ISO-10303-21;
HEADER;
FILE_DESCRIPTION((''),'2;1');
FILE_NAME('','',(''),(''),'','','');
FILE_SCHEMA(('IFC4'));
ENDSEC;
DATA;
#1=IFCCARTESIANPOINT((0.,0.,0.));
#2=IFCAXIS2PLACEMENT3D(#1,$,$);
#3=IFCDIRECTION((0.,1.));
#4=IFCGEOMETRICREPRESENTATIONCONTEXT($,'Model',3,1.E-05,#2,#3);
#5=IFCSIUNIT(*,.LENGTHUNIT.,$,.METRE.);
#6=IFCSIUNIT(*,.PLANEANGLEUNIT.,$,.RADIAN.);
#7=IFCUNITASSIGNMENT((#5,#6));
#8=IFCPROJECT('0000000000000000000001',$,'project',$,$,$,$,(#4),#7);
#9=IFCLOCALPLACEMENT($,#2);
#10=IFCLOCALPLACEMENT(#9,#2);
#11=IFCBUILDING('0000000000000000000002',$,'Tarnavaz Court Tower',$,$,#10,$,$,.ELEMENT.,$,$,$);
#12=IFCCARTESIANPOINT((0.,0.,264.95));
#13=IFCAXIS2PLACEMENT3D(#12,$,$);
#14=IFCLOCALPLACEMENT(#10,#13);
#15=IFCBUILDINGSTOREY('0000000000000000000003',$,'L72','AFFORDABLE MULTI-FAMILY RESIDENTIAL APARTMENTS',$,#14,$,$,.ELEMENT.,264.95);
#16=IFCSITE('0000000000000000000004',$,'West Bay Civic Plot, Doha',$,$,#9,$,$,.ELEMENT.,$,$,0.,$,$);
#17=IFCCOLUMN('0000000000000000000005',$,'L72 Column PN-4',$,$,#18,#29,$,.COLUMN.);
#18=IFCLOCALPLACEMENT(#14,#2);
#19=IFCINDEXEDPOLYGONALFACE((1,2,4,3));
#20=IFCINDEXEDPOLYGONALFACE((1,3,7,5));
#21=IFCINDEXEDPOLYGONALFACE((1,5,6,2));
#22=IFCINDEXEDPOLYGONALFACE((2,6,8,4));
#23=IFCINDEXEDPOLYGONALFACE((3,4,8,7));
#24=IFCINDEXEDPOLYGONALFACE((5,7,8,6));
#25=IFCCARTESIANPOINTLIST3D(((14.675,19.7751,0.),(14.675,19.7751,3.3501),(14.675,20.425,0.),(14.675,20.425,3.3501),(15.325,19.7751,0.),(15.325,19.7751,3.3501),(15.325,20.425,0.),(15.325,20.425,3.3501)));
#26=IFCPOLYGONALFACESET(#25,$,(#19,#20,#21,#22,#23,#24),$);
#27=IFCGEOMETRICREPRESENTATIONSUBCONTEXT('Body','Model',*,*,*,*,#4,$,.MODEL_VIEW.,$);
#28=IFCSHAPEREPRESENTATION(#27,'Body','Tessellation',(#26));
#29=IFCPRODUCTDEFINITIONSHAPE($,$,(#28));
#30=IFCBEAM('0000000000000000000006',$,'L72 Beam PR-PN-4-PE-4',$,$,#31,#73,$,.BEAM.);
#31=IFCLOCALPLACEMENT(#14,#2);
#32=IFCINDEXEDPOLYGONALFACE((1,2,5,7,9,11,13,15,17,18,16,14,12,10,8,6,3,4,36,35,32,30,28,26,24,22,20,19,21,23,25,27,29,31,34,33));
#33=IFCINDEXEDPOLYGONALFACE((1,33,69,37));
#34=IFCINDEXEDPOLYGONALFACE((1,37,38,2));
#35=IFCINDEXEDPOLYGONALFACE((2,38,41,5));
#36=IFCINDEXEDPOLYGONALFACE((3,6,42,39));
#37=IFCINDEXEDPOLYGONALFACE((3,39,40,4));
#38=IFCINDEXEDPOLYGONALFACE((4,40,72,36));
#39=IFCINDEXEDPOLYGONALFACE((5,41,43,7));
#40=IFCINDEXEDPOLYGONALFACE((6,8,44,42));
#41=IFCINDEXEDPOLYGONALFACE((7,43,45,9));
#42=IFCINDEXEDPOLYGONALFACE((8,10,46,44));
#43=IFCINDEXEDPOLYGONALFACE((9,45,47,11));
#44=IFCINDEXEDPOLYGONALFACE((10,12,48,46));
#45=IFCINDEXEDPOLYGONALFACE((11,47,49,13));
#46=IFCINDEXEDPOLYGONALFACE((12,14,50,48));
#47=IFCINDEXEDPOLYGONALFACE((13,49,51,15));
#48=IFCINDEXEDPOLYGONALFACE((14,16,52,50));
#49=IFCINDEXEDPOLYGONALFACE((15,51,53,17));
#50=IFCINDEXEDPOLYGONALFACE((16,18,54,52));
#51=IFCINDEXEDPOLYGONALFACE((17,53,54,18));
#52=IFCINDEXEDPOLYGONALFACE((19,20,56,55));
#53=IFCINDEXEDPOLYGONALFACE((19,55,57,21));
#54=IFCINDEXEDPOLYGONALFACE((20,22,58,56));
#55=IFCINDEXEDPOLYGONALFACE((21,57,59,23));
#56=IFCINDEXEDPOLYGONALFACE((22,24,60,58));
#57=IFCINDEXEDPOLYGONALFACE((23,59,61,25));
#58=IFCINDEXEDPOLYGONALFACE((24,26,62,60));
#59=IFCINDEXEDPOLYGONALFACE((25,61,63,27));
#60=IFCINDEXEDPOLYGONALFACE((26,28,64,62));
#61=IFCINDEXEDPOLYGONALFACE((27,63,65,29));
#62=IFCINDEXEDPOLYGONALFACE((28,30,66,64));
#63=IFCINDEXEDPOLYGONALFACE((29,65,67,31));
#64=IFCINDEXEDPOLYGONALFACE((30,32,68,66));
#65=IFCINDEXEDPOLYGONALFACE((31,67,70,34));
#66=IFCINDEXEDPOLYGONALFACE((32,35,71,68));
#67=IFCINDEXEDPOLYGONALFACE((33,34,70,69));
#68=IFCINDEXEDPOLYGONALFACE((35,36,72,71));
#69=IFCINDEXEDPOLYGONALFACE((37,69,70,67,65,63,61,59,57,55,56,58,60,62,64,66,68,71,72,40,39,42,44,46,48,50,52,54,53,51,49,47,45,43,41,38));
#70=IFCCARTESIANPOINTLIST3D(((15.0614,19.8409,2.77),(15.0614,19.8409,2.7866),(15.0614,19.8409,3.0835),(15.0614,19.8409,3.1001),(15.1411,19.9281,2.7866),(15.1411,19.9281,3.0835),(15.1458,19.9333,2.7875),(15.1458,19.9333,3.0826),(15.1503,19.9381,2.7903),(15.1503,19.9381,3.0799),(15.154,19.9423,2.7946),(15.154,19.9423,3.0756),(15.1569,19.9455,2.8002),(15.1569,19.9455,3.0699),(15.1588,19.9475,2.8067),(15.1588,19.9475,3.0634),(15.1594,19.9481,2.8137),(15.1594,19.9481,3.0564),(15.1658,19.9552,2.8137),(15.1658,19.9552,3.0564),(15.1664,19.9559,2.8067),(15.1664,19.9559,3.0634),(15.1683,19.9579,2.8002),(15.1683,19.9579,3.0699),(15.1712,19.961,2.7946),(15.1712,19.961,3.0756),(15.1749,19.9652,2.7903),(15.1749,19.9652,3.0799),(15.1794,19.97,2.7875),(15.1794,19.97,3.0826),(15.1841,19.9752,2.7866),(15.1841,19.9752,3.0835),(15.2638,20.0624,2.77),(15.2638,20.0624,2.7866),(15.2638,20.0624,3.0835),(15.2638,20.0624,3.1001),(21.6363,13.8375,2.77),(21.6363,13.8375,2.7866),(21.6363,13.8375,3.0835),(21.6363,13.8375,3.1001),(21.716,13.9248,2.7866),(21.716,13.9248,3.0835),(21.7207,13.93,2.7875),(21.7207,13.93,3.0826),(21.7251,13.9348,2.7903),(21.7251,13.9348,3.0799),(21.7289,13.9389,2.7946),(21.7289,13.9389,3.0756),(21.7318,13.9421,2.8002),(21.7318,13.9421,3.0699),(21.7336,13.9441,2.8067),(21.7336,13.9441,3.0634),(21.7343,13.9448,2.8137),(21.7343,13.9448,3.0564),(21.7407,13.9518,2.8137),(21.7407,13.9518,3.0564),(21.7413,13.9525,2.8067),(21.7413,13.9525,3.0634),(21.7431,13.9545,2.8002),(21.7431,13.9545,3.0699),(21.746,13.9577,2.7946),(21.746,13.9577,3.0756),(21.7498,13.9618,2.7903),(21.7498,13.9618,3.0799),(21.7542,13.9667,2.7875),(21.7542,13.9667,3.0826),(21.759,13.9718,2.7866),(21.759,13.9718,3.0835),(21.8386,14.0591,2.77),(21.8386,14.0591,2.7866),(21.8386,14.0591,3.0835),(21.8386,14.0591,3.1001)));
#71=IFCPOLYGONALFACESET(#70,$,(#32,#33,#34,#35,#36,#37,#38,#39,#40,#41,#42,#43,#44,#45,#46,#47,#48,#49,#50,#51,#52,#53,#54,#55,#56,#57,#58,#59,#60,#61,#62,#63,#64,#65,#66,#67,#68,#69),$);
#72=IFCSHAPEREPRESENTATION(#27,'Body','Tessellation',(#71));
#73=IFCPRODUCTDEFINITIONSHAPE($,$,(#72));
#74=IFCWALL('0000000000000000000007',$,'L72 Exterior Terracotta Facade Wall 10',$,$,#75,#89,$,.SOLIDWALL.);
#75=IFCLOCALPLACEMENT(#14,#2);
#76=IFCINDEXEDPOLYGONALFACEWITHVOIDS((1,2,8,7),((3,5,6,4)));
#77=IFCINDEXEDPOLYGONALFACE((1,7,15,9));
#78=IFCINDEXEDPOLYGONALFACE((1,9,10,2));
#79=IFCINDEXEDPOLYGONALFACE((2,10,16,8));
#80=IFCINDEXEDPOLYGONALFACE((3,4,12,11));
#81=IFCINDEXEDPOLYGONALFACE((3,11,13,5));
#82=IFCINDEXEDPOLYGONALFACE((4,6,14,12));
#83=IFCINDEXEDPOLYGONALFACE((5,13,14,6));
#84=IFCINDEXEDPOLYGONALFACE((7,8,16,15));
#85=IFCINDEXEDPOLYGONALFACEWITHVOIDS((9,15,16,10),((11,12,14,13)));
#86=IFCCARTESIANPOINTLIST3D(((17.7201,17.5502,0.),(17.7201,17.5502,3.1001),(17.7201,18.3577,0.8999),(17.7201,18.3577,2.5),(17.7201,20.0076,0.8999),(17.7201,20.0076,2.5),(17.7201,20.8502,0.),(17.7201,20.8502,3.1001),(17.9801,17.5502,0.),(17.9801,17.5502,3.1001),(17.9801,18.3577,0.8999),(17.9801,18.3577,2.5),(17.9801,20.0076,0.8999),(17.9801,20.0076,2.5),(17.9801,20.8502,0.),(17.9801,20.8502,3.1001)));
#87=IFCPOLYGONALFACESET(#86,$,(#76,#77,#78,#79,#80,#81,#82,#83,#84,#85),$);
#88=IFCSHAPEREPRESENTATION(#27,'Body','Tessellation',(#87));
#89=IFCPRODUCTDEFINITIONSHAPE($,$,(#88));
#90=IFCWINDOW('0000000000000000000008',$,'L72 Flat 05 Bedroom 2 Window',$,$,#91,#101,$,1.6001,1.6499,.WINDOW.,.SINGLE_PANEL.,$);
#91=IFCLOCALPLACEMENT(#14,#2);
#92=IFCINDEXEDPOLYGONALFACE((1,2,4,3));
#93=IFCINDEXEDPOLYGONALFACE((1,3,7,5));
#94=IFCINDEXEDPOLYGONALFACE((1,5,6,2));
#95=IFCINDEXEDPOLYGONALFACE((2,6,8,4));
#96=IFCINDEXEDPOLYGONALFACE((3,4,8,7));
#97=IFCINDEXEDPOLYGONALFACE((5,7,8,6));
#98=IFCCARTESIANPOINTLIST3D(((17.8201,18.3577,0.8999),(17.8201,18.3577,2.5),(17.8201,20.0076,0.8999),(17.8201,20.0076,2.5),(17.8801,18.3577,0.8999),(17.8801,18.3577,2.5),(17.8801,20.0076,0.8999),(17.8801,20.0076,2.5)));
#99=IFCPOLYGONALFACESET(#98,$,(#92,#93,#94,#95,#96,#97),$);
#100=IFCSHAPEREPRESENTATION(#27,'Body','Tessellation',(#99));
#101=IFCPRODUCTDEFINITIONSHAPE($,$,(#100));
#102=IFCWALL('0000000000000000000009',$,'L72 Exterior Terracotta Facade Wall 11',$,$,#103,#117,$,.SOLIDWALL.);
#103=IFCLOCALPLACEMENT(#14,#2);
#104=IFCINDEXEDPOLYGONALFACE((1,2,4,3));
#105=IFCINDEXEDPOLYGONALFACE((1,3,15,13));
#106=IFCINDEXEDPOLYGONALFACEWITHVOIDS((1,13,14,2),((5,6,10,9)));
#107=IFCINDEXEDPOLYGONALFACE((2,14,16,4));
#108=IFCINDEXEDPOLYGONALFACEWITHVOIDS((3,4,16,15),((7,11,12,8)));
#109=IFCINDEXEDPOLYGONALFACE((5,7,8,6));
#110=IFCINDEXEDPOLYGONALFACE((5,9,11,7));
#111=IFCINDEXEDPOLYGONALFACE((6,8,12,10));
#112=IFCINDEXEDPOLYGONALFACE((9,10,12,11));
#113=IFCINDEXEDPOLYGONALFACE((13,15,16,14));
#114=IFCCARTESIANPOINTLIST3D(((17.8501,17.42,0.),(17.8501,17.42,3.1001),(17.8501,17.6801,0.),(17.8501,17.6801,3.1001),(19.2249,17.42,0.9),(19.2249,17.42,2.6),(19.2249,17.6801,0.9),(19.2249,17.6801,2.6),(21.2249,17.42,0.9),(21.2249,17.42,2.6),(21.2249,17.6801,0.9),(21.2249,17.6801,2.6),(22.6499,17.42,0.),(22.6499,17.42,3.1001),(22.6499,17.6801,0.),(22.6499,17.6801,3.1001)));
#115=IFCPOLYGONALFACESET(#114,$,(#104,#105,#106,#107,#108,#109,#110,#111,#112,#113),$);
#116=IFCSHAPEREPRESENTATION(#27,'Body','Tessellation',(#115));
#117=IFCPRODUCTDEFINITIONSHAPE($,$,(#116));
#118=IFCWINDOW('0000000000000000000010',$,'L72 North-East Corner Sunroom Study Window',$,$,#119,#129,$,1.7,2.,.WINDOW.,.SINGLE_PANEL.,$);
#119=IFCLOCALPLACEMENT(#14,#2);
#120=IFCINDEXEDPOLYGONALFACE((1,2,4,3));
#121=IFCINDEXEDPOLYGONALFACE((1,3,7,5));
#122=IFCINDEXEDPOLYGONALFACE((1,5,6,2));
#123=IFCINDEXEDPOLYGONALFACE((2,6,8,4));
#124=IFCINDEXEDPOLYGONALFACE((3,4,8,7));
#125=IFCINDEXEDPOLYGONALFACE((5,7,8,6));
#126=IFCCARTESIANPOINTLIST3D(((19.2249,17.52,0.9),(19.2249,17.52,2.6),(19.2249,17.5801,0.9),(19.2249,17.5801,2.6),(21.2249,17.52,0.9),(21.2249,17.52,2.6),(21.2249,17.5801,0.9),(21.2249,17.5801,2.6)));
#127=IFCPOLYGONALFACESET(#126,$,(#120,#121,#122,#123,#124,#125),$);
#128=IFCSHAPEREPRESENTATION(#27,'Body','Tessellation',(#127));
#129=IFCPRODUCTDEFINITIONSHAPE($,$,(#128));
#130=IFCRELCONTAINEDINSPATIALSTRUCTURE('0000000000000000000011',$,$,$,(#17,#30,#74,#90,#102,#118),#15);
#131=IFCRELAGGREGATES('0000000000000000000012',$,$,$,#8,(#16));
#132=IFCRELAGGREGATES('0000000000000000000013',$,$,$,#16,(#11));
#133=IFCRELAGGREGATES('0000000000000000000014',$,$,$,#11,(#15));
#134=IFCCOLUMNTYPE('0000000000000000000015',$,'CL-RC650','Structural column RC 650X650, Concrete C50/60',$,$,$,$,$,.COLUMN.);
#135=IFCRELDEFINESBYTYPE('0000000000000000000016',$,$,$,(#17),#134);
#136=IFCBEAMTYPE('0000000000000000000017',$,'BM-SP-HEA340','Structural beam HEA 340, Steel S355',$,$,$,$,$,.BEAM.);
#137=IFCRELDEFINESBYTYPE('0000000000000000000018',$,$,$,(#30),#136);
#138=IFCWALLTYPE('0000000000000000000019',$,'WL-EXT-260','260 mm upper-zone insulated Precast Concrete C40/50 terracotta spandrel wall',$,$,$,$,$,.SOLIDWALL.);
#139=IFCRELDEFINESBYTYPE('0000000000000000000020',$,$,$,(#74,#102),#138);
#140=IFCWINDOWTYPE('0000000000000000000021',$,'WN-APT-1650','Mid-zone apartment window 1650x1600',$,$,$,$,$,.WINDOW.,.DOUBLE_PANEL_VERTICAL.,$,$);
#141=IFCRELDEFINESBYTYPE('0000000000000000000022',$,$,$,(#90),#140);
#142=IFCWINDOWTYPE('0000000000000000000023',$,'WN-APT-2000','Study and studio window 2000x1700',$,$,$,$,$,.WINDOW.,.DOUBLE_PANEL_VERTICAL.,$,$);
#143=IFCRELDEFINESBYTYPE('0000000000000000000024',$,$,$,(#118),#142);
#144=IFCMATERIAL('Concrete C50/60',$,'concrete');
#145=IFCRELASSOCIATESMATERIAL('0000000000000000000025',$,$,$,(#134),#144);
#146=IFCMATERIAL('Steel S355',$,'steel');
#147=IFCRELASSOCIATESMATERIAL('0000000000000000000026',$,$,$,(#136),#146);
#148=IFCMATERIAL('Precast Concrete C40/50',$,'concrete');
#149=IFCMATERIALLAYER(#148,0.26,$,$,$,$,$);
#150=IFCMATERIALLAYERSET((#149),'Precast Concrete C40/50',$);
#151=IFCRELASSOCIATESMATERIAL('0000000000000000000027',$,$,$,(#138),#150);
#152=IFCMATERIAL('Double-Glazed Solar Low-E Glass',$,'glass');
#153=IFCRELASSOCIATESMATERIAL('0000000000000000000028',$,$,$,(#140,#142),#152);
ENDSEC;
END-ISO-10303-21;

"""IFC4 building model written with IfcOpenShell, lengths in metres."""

from ifc_helpers import new_model, si_unit, direction, frame, frame_2d, origin, origin_2d, place, context, subcontext, project, spatial, rectangle, i_section, extrude, material, layer, layer_set, material_profile, profile_set, type_object, element, fill, save


model = new_model("IFC4")

# Units and contexts
model_context = context("Model", 3, precision=1e-05, world=origin(), true_north=direction((0.0, 1.0)))
body_context = subcontext(model_context, "Body", "Model", "MODEL_VIEW")
ifc_project = project(units=[si_unit("LENGTHUNIT", "METRE"), si_unit("PLANEANGLEUNIT", "RADIAN")], contexts=[model_context])

# Site, building, storey
site_placement = place(None, origin())
site = spatial("IfcSite", under=ifc_project, at=site_placement, Name="West Bay Civic Plot, Doha", CompositionType="ELEMENT", RefElevation=0.0)
building_placement = place(site_placement, origin())
building = spatial("IfcBuilding", under=site, at=building_placement, Name="Tarnavaz Court Tower", CompositionType="ELEMENT")
storey_placement = place(building_placement, frame((0.0, 0.0, 264.95)))
storey = spatial("IfcBuildingStorey", under=building, at=storey_placement, Name="L72", Description="AFFORDABLE MULTI-FAMILY RESIDENTIAL APARTMENTS", CompositionType="ELEMENT", Elevation=264.95)

# Column
ifc_material_1 = material(Name="Concrete C50/60", Category="concrete")
ifc_material_profile_1 = material_profile(ifc_material_1, rectangle(XDim=0.6499, YDim=0.6499, at=origin_2d()), Name="RC 650X650")
ifc_profile_set_1 = profile_set([ifc_material_profile_1], Name="Concrete C50/60")
column_type = type_object("IfcColumnType", Name="CL-RC650", Description="Structural column RC 650X650, Concrete C50/60", PredefinedType="COLUMN", material=ifc_profile_set_1)
column_placement = place(storey_placement, frame((15.0, 20.1001, 0.0), z_axis=(0.0, 0.0, 1.0), x_axis=(1.0, 0.0, 0.0)))
element("IfcColumn", 1, at=column_placement, inside=storey, type_object=column_type, Name="L72 Column PN-4", PredefinedType="COLUMN", context=body_context, shape_type="SweptSolid", body=[
    extrude(rectangle(XDim=0.6499, YDim=0.6499, at=origin_2d()), origin(), (0.0, 0.0, 1.0), 3.3501),
])

# Beam
ifc_material_2 = material(Name="Steel S355", Category="steel")
ifc_material_profile_2 = material_profile(ifc_material_2, i_section(OverallWidth=0.3, OverallDepth=0.3301, WebThickness=0.0095, FlangeThickness=0.0166, FilletRadius=0.0271, at=origin_2d()), Name="HEA 340")
ifc_profile_set_2 = profile_set([ifc_material_profile_2], Name="Steel S355")
beam_type = type_object("IfcBeamType", Name="BM-SP-HEA340", Description="Structural beam HEA 340, Steel S355", PredefinedType="BEAM", material=ifc_profile_set_2)
beam_placement = place(storey_placement, frame((15.1626, 19.9517, 2.9351), z_axis=(0.738474, -0.674282, 0.0), x_axis=(0.674282, 0.738474, 0.0)))
element("IfcBeam", 2, at=beam_placement, inside=storey, type_object=beam_type, Name="L72 Beam PR-PN-4-PE-4", PredefinedType="BEAM", context=body_context, shape_type="SweptSolid", body=[
    extrude(i_section(OverallWidth=0.3, OverallDepth=0.3301, WebThickness=0.0095, FlangeThickness=0.0166, FilletRadius=0.0271, at=origin_2d()), origin(), (0.0, 0.0, 1.0), 8.9033),
])

# Walls, openings, windows
ifc_material_3 = material(Name="Precast Concrete C40/50", Category="concrete")
ifc_layer_1 = layer(ifc_material_3, 0.26)
ifc_layer_set_1 = layer_set([ifc_layer_1], Name="Precast Concrete C40/50")
wall_type_1 = type_object("IfcWallType", Name="WL-EXT-260", Description="260 mm upper-zone insulated Precast Concrete C40/50 terracotta spandrel wall", PredefinedType="SOLIDWALL", material=ifc_layer_set_1)
wall_1_placement = place(storey_placement, frame((17.8501, 20.8501, 0.0), z_axis=(0.0, 0.0, 1.0), x_axis=(0.0, -1.0, 0.0)))
wall_1 = element("IfcWall", 3, at=wall_1_placement, inside=storey, type_object=wall_type_1, Name="L72 Exterior Terracotta Facade Wall 10", PredefinedType="SOLIDWALL", context=body_context, shape_type="SweptSolid", body=[
    extrude(rectangle(XDim=3.3, YDim=0.26, at=frame_2d((1.6499, 0.0))), origin(), (0.0, 0.0, 1.0), 3.1001),
])
opening_1_placement = place(wall_1_placement, frame((0.8425, 0.0, 0.8999)))
opening_1 = element("IfcOpeningElement", 4, at=opening_1_placement, cuts=wall_1, PredefinedType="OPENING", context=body_context, shape_type="SweptSolid", body=[
    extrude(rectangle(XDim=1.6499, YDim=1.6001, at=frame_2d((0.825, 0.8))), frame((0.0, 0.1399, 0.0), z_axis=(0.0, -1.0, 0.0), x_axis=(1.0, 0.0, 0.0)), (0.0, 0.0, 1.0), 0.28),
])
ifc_material_4 = material(Name="Double-Glazed Solar Low-E Glass", Category="glass")
window_type_1 = type_object("IfcWindowType", Name="WN-APT-1650", Description="Mid-zone apartment window 1650x1600", PartitioningType="DOUBLE_PANEL_VERTICAL", PredefinedType="WINDOW", material=ifc_material_4)
window_1_placement = place(opening_1_placement, origin())
window_1 = element("IfcWindow", 5, at=window_1_placement, inside=storey, type_object=window_type_1, Name="L72 Flat 05 Bedroom 2 Window", OverallHeight=1.6001, OverallWidth=1.6499, PartitioningType="SINGLE_PANEL", PredefinedType="WINDOW", context=body_context, shape_type="SweptSolid", body=[
    extrude(rectangle(XDim=1.6499, YDim=1.6001, at=frame_2d((0.825, 0.8))), frame((0.0, 0.03, 0.0), z_axis=(0.0, -1.0, 0.0), x_axis=(1.0, 0.0, 0.0)), (0.0, 0.0, 1.0), 0.0601),
])
fill(opening_1, window_1)
wall_2_placement = place(storey_placement, frame((17.8501, 17.55, 0.0), z_axis=(0.0, 0.0, 1.0), x_axis=(1.0, 0.0, 0.0)))
wall_2 = element("IfcWall", 6, at=wall_2_placement, inside=storey, type_object=wall_type_1, Name="L72 Exterior Terracotta Facade Wall 11", PredefinedType="SOLIDWALL", context=body_context, shape_type="SweptSolid", body=[
    extrude(rectangle(XDim=4.7998, YDim=0.26, at=frame_2d((2.3999, 0.0))), origin(), (0.0, 0.0, 1.0), 3.1001),
])
opening_2_placement = place(wall_2_placement, frame((1.3748, 0.0, 0.8999)))
opening_2 = element("IfcOpeningElement", 7, at=opening_2_placement, cuts=wall_2, PredefinedType="OPENING", context=body_context, shape_type="SweptSolid", body=[
    extrude(rectangle(XDim=2.0, YDim=1.7, at=frame_2d((1.0, 0.8501))), frame((0.0, 0.1399, 0.0), z_axis=(0.0, -1.0, 0.0), x_axis=(1.0, 0.0, 0.0)), (0.0, 0.0, 1.0), 0.28),
])
window_type_2 = type_object("IfcWindowType", Name="WN-APT-2000", Description="Study and studio window 2000x1700", PartitioningType="DOUBLE_PANEL_VERTICAL", PredefinedType="WINDOW", material=ifc_material_4)
window_2_placement = place(opening_2_placement, origin())
window_2 = element("IfcWindow", 8, at=window_2_placement, inside=storey, type_object=window_type_2, Name="L72 North-East Corner Sunroom Study Window", OverallHeight=1.7, OverallWidth=2.0, PartitioningType="SINGLE_PANEL", PredefinedType="WINDOW", context=body_context, shape_type="SweptSolid", body=[
    extrude(rectangle(XDim=2.0, YDim=1.7, at=frame_2d((1.0, 0.8501))), frame((0.0, 0.03, 0.0), z_axis=(0.0, -1.0, 0.0), x_axis=(1.0, 0.0, 0.0)), (0.0, 0.0, 1.0), 0.0601),
])
fill(opening_2, window_2)

save(model, "model.ifc")
